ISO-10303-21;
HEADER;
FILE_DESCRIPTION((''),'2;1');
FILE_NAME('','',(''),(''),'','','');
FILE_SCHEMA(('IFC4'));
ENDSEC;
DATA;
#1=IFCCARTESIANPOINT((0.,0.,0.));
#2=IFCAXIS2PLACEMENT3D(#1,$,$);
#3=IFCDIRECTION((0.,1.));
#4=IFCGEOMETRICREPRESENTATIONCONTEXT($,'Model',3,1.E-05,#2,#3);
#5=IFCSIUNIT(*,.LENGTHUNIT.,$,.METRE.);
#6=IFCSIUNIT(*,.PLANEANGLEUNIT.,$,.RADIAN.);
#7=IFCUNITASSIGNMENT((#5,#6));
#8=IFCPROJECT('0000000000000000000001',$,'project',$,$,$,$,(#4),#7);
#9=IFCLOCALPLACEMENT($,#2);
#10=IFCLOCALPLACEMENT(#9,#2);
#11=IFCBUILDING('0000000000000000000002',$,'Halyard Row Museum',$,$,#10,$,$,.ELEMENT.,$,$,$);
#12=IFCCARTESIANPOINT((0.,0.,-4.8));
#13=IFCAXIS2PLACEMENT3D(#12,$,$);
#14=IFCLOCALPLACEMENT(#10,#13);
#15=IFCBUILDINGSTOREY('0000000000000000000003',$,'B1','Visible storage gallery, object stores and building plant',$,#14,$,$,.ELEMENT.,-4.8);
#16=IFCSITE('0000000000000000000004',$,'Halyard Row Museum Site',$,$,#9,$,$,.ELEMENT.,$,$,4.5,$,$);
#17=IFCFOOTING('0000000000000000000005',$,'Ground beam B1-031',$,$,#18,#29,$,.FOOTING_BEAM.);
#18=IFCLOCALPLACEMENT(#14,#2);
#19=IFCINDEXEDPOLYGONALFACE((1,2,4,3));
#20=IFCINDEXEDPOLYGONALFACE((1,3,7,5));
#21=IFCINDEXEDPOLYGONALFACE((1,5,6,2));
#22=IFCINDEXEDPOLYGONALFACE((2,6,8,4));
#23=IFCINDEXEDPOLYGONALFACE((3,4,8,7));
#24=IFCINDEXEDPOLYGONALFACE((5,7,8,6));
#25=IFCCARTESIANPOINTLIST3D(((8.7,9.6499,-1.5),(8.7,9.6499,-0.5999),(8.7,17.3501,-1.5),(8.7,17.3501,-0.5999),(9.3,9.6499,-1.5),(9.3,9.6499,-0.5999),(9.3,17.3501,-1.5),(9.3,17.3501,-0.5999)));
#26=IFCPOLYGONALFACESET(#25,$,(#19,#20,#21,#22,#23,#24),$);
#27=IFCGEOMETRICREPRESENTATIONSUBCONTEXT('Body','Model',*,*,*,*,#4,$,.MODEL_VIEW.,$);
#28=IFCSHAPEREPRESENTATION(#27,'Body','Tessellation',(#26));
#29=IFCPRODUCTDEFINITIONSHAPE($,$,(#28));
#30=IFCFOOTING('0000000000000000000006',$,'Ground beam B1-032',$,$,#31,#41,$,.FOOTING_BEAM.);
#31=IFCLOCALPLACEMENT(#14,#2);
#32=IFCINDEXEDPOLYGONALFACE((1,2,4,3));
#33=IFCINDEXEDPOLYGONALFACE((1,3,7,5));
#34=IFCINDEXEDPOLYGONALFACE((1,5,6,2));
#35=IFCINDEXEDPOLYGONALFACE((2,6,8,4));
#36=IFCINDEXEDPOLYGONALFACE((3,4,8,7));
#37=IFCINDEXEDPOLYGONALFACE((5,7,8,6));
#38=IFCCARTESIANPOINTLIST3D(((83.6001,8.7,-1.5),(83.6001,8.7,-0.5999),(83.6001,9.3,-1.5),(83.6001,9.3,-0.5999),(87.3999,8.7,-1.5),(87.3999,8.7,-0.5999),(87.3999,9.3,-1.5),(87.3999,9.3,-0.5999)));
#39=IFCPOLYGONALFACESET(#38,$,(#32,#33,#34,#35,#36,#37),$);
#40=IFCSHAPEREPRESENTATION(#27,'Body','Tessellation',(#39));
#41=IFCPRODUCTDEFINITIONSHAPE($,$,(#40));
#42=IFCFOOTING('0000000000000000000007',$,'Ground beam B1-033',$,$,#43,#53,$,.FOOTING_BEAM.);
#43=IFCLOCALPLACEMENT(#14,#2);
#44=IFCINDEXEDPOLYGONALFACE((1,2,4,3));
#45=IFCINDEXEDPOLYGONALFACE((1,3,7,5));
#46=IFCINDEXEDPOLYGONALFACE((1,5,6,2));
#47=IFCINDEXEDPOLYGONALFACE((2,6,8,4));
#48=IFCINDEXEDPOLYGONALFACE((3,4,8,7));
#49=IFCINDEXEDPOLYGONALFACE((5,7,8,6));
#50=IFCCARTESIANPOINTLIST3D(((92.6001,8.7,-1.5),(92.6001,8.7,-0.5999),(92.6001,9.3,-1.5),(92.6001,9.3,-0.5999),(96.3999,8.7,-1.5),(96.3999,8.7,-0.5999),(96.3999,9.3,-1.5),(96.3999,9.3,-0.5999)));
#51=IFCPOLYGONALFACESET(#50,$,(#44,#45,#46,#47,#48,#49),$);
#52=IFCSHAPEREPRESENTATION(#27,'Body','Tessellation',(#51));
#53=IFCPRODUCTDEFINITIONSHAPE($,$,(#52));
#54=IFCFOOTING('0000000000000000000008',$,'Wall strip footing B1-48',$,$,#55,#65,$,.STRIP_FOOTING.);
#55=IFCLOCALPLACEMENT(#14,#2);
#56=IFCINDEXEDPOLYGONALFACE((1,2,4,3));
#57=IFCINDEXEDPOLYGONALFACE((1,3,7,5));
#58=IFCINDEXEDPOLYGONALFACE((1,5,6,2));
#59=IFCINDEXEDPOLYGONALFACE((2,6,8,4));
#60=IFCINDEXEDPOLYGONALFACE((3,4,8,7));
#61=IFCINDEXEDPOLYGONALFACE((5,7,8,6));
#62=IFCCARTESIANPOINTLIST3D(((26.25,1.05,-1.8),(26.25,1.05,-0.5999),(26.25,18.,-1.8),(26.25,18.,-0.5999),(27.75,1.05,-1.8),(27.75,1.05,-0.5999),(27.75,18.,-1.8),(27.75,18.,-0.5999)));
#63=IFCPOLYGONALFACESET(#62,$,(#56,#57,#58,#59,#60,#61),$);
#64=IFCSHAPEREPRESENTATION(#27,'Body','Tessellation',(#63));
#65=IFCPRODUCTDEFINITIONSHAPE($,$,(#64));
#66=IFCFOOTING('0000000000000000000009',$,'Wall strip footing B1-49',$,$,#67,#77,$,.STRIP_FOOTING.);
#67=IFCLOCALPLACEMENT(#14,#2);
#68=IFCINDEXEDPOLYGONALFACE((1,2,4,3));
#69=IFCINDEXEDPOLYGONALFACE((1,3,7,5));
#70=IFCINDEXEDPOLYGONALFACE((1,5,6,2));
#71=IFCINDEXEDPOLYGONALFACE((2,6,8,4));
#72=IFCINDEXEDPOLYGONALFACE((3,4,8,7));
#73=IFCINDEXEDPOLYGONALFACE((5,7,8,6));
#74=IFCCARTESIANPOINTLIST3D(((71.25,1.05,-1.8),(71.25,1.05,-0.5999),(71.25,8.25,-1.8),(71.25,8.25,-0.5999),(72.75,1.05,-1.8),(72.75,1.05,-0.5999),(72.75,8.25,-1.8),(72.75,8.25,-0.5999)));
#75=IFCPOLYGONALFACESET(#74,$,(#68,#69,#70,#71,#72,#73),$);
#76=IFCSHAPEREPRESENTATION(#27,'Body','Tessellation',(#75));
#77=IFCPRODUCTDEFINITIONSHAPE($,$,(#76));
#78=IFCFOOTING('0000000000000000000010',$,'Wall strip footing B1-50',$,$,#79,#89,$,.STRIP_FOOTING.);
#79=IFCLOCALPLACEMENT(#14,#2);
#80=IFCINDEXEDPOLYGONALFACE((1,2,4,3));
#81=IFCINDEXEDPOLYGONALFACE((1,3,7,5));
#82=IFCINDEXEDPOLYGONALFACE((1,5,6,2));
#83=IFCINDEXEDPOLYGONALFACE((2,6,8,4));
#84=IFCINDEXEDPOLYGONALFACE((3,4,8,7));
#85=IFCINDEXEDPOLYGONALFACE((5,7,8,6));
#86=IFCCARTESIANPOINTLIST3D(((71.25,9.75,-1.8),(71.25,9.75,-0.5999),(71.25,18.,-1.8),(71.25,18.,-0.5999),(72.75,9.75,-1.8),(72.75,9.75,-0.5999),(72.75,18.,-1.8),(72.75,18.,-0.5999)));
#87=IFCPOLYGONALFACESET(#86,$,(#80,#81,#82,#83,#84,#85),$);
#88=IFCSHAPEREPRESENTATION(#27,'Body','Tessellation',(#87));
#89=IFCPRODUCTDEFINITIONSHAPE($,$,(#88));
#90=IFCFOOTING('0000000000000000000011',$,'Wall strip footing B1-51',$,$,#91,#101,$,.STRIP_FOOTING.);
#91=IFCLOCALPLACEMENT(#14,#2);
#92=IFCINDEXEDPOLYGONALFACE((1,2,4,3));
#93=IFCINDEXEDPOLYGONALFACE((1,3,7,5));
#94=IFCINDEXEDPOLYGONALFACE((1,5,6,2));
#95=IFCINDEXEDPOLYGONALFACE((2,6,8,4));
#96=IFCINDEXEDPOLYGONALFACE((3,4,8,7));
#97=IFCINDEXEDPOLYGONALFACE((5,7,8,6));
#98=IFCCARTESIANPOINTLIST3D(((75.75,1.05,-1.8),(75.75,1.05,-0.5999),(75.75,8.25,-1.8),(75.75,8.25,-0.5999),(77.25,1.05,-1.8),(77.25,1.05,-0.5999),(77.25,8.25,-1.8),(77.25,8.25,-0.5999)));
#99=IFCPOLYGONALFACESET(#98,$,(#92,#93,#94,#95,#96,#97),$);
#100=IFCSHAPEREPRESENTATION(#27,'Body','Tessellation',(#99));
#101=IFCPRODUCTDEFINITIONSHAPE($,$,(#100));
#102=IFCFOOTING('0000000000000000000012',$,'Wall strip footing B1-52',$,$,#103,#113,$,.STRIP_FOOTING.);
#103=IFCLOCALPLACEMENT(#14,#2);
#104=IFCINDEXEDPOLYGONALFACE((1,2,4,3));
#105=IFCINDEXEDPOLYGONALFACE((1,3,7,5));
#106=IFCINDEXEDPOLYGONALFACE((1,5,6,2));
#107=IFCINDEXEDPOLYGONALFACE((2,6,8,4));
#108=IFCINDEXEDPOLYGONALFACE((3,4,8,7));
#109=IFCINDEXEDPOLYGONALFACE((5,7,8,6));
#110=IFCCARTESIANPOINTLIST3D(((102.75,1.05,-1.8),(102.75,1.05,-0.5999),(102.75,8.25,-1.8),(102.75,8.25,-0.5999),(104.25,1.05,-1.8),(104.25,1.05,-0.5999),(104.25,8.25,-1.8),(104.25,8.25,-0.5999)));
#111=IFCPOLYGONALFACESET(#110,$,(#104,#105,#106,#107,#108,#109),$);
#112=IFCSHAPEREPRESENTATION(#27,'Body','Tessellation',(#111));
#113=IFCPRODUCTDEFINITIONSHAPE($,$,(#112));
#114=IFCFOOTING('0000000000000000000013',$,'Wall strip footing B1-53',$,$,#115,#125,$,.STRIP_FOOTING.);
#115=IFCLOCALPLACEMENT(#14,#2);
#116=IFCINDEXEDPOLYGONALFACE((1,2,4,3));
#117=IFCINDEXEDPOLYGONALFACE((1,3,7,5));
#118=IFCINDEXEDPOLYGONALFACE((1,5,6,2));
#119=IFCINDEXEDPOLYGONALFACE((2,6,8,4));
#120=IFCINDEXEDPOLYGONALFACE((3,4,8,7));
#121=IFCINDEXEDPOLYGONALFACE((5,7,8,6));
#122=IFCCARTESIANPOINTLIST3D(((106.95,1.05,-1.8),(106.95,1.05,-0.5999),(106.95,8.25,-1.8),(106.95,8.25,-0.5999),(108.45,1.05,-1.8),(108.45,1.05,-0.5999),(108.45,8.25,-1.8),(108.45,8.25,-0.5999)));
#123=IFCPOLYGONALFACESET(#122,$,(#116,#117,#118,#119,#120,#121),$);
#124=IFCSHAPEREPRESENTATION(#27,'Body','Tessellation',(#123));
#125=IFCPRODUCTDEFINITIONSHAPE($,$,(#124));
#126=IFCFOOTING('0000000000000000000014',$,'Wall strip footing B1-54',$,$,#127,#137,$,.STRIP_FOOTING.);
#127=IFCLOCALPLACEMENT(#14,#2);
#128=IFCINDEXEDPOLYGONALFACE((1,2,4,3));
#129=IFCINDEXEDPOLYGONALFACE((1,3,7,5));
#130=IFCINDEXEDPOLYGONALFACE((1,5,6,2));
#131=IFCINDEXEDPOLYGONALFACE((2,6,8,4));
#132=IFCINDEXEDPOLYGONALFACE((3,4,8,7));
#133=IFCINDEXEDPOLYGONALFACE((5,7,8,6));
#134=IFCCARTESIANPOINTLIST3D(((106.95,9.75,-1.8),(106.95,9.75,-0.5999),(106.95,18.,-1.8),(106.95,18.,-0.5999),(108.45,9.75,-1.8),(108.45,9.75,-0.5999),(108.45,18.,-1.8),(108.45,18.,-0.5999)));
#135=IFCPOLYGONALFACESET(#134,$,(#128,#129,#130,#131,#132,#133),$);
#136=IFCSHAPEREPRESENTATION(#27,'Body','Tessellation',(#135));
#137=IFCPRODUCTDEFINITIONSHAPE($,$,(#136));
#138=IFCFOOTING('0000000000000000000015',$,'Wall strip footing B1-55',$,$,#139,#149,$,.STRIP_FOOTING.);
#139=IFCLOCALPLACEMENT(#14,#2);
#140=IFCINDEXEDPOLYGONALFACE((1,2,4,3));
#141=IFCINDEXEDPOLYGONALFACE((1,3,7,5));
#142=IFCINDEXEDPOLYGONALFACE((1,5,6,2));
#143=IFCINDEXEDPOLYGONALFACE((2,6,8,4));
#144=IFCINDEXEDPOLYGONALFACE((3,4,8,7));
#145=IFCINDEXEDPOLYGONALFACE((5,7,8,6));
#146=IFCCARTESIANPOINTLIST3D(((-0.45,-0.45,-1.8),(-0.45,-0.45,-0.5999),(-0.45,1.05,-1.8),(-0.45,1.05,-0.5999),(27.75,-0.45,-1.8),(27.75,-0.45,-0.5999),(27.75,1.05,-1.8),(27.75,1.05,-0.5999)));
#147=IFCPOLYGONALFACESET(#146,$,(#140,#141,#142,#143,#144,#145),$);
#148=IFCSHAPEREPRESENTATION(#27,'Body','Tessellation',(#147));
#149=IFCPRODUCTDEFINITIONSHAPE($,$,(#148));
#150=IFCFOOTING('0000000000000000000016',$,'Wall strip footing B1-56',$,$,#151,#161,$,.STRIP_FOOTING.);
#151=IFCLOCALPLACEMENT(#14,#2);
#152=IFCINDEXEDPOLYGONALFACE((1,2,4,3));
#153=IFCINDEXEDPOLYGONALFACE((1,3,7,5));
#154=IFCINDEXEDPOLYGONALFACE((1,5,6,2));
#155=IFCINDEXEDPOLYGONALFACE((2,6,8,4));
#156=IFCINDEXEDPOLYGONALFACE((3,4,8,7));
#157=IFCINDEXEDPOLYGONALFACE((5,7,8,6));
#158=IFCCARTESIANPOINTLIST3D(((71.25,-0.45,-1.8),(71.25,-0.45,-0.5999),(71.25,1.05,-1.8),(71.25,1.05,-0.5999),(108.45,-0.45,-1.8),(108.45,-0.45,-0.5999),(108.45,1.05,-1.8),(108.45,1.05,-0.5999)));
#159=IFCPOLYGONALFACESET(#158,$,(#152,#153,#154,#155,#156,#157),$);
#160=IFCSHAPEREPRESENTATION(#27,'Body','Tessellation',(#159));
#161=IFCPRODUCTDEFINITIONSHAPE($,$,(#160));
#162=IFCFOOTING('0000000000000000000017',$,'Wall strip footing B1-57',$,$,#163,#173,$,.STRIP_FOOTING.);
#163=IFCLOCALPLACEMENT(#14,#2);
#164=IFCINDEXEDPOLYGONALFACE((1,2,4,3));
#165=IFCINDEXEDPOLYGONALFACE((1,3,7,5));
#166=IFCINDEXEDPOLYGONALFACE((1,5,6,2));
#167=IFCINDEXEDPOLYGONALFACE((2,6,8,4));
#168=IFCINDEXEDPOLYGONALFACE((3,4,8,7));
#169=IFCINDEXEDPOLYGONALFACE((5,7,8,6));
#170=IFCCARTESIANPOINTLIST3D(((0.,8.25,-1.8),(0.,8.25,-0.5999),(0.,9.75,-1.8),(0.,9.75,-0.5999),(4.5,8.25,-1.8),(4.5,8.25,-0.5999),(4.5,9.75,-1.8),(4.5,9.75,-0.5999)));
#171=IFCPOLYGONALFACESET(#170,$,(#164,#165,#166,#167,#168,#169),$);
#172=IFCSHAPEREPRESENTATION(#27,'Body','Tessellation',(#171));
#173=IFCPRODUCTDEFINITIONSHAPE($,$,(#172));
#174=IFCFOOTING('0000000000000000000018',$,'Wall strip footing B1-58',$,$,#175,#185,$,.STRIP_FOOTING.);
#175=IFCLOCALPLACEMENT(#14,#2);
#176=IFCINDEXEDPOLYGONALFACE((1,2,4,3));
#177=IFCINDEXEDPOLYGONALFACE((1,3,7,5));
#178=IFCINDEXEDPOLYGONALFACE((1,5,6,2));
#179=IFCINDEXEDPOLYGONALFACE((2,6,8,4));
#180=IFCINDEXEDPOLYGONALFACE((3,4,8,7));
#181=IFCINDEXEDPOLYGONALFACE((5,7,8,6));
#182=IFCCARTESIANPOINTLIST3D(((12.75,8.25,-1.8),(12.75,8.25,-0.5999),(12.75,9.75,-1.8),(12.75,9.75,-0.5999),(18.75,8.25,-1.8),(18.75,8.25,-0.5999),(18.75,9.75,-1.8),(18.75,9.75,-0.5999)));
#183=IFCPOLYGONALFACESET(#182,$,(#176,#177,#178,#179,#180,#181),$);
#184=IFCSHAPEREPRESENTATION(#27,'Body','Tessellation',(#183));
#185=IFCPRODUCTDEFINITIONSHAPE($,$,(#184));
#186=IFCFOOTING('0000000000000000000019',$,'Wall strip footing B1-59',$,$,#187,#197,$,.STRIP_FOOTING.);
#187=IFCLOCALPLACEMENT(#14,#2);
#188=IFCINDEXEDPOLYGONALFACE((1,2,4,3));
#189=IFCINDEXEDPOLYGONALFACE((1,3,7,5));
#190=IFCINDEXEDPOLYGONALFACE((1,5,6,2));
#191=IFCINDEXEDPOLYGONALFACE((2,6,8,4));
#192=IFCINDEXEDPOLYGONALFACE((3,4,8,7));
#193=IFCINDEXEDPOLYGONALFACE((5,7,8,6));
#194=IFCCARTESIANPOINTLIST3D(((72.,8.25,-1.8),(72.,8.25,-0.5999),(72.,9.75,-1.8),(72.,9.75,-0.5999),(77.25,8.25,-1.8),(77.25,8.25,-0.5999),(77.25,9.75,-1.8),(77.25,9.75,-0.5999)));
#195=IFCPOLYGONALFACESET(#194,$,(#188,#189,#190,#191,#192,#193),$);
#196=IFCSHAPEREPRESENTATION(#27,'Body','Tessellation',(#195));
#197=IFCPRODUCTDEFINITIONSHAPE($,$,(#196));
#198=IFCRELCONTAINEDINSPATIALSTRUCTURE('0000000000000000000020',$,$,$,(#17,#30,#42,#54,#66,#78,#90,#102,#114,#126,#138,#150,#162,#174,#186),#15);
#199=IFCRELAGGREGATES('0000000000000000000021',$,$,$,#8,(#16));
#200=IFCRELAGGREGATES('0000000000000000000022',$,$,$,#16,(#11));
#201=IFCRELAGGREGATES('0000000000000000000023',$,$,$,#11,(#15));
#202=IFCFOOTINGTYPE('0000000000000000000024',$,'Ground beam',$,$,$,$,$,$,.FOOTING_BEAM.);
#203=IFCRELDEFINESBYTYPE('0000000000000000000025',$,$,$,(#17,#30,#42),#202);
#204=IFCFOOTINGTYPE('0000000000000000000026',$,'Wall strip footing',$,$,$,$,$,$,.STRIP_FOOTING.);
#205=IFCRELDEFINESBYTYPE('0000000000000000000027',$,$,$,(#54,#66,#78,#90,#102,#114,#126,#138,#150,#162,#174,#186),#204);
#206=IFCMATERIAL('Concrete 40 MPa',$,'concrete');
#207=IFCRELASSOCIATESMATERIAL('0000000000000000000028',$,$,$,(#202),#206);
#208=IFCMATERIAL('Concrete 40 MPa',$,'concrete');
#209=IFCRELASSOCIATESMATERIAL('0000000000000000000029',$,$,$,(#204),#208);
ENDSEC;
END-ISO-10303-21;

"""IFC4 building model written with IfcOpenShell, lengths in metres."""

from ifc_helpers import new_model, si_unit, direction, frame, origin, place, context, subcontext, project, spatial, polyline, outline, extrude, material, type_object, element, save


model = new_model("IFC4")

# Units and contexts
model_context = context("Model", 3, precision=1e-05, world=origin(), true_north=direction((0.0, 1.0)))
body_context = subcontext(model_context, "Body", "Model", "MODEL_VIEW")
ifc_project = project(units=[si_unit("LENGTHUNIT", "METRE"), si_unit("PLANEANGLEUNIT", "RADIAN")], contexts=[model_context])

# Site, building, storey
site_placement = place(None, origin())
site = spatial("IfcSite", under=ifc_project, at=site_placement, Name="Halyard Row Museum Site", CompositionType="ELEMENT", RefElevation=4.5)
building_placement = place(site_placement, origin())
building = spatial("IfcBuilding", under=site, at=building_placement, Name="Halyard Row Museum", CompositionType="ELEMENT")
storey_placement = place(building_placement, frame((0.0, 0.0, -4.8)))
storey = spatial("IfcBuildingStorey", under=building, at=storey_placement, Name="B1", Description="Visible storage gallery, object stores and building plant", CompositionType="ELEMENT", Elevation=-4.8)

# Footings
ifc_material_1 = material(Name="Concrete 40 MPa", Category="concrete")
footing_type_1 = type_object("IfcFootingType", Name="Ground beam", PredefinedType="FOOTING_BEAM", material=ifc_material_1)
footing_1_placement = place(storey_placement, frame((0.0, 0.0, -1.5)))
element("IfcFooting", 1, at=footing_1_placement, inside=storey, type_object=footing_type_1, Name="Ground beam B1-031", PredefinedType="FOOTING_BEAM", context=body_context, shape_type="SweptSolid", body=[
    extrude(outline(polyline([(8.7, 9.6499), (9.3, 9.6499), (9.3, 17.3501), (8.7, 17.3501), (8.7, 9.6499)])), origin(), (0.0, 0.0, 1.0), 0.9001),
])
footing_2_placement = place(storey_placement, frame((0.0, 0.0, -1.5)))
element("IfcFooting", 2, at=footing_2_placement, inside=storey, type_object=footing_type_1, Name="Ground beam B1-032", PredefinedType="FOOTING_BEAM", context=body_context, shape_type="SweptSolid", body=[
    extrude(outline(polyline([(83.6001, 8.7), (87.3999, 8.7), (87.3999, 9.3), (83.6001, 9.3), (83.6001, 8.7)])), origin(), (0.0, 0.0, 1.0), 0.9001),
])
footing_3_placement = place(storey_placement, frame((0.0, 0.0, -1.5)))
element("IfcFooting", 3, at=footing_3_placement, inside=storey, type_object=footing_type_1, Name="Ground beam B1-033", PredefinedType="FOOTING_BEAM", context=body_context, shape_type="SweptSolid", body=[
    extrude(outline(polyline([(92.6001, 8.7), (96.3999, 8.7), (96.3999, 9.3), (92.6001, 9.3), (92.6001, 8.7)])), origin(), (0.0, 0.0, 1.0), 0.9001),
])
ifc_material_2 = material(Name="Concrete 40 MPa", Category="concrete")
footing_type_2 = type_object("IfcFootingType", Name="Wall strip footing", PredefinedType="STRIP_FOOTING", material=ifc_material_2)
footing_4_placement = place(storey_placement, frame((0.0, 0.0, -1.8)))
element("IfcFooting", 4, at=footing_4_placement, inside=storey, type_object=footing_type_2, Name="Wall strip footing B1-48", PredefinedType="STRIP_FOOTING", context=body_context, shape_type="SweptSolid", body=[
    extrude(outline(polyline([(26.25, 1.05), (27.75, 1.05), (27.75, 18.0), (26.25, 18.0), (26.25, 1.05)])), origin(), (0.0, 0.0, 1.0), 1.2002),
])
footing_5_placement = place(storey_placement, frame((0.0, 0.0, -1.8)))
element("IfcFooting", 5, at=footing_5_placement, inside=storey, type_object=footing_type_2, Name="Wall strip footing B1-49", PredefinedType="STRIP_FOOTING", context=body_context, shape_type="SweptSolid", body=[
    extrude(outline(polyline([(71.25, 1.05), (72.75, 1.05), (72.75, 8.25), (71.25, 8.25), (71.25, 1.05)])), origin(), (0.0, 0.0, 1.0), 1.2002),
])
footing_6_placement = place(storey_placement, frame((0.0, 0.0, -1.8)))
element("IfcFooting", 6, at=footing_6_placement, inside=storey, type_object=footing_type_2, Name="Wall strip footing B1-50", PredefinedType="STRIP_FOOTING", context=body_context, shape_type="SweptSolid", body=[
    extrude(outline(polyline([(71.25, 9.75), (72.75, 9.75), (72.75, 18.0), (71.25, 18.0), (71.25, 9.75)])), origin(), (0.0, 0.0, 1.0), 1.2002),
])
footing_7_placement = place(storey_placement, frame((0.0, 0.0, -1.8)))
element("IfcFooting", 7, at=footing_7_placement, inside=storey, type_object=footing_type_2, Name="Wall strip footing B1-51", PredefinedType="STRIP_FOOTING", context=body_context, shape_type="SweptSolid", body=[
    extrude(outline(polyline([(75.75, 1.05), (77.25, 1.05), (77.25, 8.25), (75.75, 8.25), (75.75, 1.05)])), origin(), (0.0, 0.0, 1.0), 1.2002),
])
footing_8_placement = place(storey_placement, frame((0.0, 0.0, -1.8)))
element("IfcFooting", 8, at=footing_8_placement, inside=storey, type_object=footing_type_2, Name="Wall strip footing B1-52", PredefinedType="STRIP_FOOTING", context=body_context, shape_type="SweptSolid", body=[
    extrude(outline(polyline([(102.75, 1.05), (104.25, 1.05), (104.25, 8.25), (102.75, 8.25), (102.75, 1.05)])), origin(), (0.0, 0.0, 1.0), 1.2002),
])
footing_9_placement = place(storey_placement, frame((0.0, 0.0, -1.8)))
element("IfcFooting", 9, at=footing_9_placement, inside=storey, type_object=footing_type_2, Name="Wall strip footing B1-53", PredefinedType="STRIP_FOOTING", context=body_context, shape_type="SweptSolid", body=[
    extrude(outline(polyline([(106.95, 1.05), (108.45, 1.05), (108.45, 8.25), (106.95, 8.25), (106.95, 1.05)])), origin(), (0.0, 0.0, 1.0), 1.2002),
])
footing_10_placement = place(storey_placement, frame((0.0, 0.0, -1.8)))
element("IfcFooting", 10, at=footing_10_placement, inside=storey, type_object=footing_type_2, Name="Wall strip footing B1-54", PredefinedType="STRIP_FOOTING", context=body_context, shape_type="SweptSolid", body=[
    extrude(outline(polyline([(106.95, 9.75), (108.45, 9.75), (108.45, 18.0), (106.95, 18.0), (106.95, 9.75)])), origin(), (0.0, 0.0, 1.0), 1.2002),
])
footing_11_placement = place(storey_placement, frame((0.0, 0.0, -1.8)))
element("IfcFooting", 11, at=footing_11_placement, inside=storey, type_object=footing_type_2, Name="Wall strip footing B1-55", PredefinedType="STRIP_FOOTING", context=body_context, shape_type="SweptSolid", body=[
    extrude(outline(polyline([(-0.45, -0.45), (27.75, -0.45), (27.75, 1.05), (-0.45, 1.05), (-0.45, -0.45)])), origin(), (0.0, 0.0, 1.0), 1.2002),
])
footing_12_placement = place(storey_placement, frame((0.0, 0.0, -1.8)))
element("IfcFooting", 12, at=footing_12_placement, inside=storey, type_object=footing_type_2, Name="Wall strip footing B1-56", PredefinedType="STRIP_FOOTING", context=body_context, shape_type="SweptSolid", body=[
    extrude(outline(polyline([(71.25, -0.45), (108.45, -0.45), (108.45, 1.05), (71.25, 1.05), (71.25, -0.45)])), origin(), (0.0, 0.0, 1.0), 1.2002),
])
footing_13_placement = place(storey_placement, frame((0.0, 0.0, -1.8)))
element("IfcFooting", 13, at=footing_13_placement, inside=storey, type_object=footing_type_2, Name="Wall strip footing B1-57", PredefinedType="STRIP_FOOTING", context=body_context, shape_type="SweptSolid", body=[
    extrude(outline(polyline([(0.0, 8.25), (4.5, 8.25), (4.5, 9.75), (0.0, 9.75), (0.0, 8.25)])), origin(), (0.0, 0.0, 1.0), 1.2002),
])
footing_14_placement = place(storey_placement, frame((0.0, 0.0, -1.8)))
element("IfcFooting", 14, at=footing_14_placement, inside=storey, type_object=footing_type_2, Name="Wall strip footing B1-58", PredefinedType="STRIP_FOOTING", context=body_context, shape_type="SweptSolid", body=[
    extrude(outline(polyline([(12.75, 8.25), (18.75, 8.25), (18.75, 9.75), (12.75, 9.75), (12.75, 8.25)])), origin(), (0.0, 0.0, 1.0), 1.2002),
])
footing_15_placement = place(storey_placement, frame((0.0, 0.0, -1.8)))
element("IfcFooting", 15, at=footing_15_placement, inside=storey, type_object=footing_type_2, Name="Wall strip footing B1-59", PredefinedType="STRIP_FOOTING", context=body_context, shape_type="SweptSolid", body=[
    extrude(outline(polyline([(72.0, 8.25), (77.25, 8.25), (77.25, 9.75), (72.0, 9.75), (72.0, 8.25)])), origin(), (0.0, 0.0, 1.0), 1.2002),
])

save(model, "model.ifc")
